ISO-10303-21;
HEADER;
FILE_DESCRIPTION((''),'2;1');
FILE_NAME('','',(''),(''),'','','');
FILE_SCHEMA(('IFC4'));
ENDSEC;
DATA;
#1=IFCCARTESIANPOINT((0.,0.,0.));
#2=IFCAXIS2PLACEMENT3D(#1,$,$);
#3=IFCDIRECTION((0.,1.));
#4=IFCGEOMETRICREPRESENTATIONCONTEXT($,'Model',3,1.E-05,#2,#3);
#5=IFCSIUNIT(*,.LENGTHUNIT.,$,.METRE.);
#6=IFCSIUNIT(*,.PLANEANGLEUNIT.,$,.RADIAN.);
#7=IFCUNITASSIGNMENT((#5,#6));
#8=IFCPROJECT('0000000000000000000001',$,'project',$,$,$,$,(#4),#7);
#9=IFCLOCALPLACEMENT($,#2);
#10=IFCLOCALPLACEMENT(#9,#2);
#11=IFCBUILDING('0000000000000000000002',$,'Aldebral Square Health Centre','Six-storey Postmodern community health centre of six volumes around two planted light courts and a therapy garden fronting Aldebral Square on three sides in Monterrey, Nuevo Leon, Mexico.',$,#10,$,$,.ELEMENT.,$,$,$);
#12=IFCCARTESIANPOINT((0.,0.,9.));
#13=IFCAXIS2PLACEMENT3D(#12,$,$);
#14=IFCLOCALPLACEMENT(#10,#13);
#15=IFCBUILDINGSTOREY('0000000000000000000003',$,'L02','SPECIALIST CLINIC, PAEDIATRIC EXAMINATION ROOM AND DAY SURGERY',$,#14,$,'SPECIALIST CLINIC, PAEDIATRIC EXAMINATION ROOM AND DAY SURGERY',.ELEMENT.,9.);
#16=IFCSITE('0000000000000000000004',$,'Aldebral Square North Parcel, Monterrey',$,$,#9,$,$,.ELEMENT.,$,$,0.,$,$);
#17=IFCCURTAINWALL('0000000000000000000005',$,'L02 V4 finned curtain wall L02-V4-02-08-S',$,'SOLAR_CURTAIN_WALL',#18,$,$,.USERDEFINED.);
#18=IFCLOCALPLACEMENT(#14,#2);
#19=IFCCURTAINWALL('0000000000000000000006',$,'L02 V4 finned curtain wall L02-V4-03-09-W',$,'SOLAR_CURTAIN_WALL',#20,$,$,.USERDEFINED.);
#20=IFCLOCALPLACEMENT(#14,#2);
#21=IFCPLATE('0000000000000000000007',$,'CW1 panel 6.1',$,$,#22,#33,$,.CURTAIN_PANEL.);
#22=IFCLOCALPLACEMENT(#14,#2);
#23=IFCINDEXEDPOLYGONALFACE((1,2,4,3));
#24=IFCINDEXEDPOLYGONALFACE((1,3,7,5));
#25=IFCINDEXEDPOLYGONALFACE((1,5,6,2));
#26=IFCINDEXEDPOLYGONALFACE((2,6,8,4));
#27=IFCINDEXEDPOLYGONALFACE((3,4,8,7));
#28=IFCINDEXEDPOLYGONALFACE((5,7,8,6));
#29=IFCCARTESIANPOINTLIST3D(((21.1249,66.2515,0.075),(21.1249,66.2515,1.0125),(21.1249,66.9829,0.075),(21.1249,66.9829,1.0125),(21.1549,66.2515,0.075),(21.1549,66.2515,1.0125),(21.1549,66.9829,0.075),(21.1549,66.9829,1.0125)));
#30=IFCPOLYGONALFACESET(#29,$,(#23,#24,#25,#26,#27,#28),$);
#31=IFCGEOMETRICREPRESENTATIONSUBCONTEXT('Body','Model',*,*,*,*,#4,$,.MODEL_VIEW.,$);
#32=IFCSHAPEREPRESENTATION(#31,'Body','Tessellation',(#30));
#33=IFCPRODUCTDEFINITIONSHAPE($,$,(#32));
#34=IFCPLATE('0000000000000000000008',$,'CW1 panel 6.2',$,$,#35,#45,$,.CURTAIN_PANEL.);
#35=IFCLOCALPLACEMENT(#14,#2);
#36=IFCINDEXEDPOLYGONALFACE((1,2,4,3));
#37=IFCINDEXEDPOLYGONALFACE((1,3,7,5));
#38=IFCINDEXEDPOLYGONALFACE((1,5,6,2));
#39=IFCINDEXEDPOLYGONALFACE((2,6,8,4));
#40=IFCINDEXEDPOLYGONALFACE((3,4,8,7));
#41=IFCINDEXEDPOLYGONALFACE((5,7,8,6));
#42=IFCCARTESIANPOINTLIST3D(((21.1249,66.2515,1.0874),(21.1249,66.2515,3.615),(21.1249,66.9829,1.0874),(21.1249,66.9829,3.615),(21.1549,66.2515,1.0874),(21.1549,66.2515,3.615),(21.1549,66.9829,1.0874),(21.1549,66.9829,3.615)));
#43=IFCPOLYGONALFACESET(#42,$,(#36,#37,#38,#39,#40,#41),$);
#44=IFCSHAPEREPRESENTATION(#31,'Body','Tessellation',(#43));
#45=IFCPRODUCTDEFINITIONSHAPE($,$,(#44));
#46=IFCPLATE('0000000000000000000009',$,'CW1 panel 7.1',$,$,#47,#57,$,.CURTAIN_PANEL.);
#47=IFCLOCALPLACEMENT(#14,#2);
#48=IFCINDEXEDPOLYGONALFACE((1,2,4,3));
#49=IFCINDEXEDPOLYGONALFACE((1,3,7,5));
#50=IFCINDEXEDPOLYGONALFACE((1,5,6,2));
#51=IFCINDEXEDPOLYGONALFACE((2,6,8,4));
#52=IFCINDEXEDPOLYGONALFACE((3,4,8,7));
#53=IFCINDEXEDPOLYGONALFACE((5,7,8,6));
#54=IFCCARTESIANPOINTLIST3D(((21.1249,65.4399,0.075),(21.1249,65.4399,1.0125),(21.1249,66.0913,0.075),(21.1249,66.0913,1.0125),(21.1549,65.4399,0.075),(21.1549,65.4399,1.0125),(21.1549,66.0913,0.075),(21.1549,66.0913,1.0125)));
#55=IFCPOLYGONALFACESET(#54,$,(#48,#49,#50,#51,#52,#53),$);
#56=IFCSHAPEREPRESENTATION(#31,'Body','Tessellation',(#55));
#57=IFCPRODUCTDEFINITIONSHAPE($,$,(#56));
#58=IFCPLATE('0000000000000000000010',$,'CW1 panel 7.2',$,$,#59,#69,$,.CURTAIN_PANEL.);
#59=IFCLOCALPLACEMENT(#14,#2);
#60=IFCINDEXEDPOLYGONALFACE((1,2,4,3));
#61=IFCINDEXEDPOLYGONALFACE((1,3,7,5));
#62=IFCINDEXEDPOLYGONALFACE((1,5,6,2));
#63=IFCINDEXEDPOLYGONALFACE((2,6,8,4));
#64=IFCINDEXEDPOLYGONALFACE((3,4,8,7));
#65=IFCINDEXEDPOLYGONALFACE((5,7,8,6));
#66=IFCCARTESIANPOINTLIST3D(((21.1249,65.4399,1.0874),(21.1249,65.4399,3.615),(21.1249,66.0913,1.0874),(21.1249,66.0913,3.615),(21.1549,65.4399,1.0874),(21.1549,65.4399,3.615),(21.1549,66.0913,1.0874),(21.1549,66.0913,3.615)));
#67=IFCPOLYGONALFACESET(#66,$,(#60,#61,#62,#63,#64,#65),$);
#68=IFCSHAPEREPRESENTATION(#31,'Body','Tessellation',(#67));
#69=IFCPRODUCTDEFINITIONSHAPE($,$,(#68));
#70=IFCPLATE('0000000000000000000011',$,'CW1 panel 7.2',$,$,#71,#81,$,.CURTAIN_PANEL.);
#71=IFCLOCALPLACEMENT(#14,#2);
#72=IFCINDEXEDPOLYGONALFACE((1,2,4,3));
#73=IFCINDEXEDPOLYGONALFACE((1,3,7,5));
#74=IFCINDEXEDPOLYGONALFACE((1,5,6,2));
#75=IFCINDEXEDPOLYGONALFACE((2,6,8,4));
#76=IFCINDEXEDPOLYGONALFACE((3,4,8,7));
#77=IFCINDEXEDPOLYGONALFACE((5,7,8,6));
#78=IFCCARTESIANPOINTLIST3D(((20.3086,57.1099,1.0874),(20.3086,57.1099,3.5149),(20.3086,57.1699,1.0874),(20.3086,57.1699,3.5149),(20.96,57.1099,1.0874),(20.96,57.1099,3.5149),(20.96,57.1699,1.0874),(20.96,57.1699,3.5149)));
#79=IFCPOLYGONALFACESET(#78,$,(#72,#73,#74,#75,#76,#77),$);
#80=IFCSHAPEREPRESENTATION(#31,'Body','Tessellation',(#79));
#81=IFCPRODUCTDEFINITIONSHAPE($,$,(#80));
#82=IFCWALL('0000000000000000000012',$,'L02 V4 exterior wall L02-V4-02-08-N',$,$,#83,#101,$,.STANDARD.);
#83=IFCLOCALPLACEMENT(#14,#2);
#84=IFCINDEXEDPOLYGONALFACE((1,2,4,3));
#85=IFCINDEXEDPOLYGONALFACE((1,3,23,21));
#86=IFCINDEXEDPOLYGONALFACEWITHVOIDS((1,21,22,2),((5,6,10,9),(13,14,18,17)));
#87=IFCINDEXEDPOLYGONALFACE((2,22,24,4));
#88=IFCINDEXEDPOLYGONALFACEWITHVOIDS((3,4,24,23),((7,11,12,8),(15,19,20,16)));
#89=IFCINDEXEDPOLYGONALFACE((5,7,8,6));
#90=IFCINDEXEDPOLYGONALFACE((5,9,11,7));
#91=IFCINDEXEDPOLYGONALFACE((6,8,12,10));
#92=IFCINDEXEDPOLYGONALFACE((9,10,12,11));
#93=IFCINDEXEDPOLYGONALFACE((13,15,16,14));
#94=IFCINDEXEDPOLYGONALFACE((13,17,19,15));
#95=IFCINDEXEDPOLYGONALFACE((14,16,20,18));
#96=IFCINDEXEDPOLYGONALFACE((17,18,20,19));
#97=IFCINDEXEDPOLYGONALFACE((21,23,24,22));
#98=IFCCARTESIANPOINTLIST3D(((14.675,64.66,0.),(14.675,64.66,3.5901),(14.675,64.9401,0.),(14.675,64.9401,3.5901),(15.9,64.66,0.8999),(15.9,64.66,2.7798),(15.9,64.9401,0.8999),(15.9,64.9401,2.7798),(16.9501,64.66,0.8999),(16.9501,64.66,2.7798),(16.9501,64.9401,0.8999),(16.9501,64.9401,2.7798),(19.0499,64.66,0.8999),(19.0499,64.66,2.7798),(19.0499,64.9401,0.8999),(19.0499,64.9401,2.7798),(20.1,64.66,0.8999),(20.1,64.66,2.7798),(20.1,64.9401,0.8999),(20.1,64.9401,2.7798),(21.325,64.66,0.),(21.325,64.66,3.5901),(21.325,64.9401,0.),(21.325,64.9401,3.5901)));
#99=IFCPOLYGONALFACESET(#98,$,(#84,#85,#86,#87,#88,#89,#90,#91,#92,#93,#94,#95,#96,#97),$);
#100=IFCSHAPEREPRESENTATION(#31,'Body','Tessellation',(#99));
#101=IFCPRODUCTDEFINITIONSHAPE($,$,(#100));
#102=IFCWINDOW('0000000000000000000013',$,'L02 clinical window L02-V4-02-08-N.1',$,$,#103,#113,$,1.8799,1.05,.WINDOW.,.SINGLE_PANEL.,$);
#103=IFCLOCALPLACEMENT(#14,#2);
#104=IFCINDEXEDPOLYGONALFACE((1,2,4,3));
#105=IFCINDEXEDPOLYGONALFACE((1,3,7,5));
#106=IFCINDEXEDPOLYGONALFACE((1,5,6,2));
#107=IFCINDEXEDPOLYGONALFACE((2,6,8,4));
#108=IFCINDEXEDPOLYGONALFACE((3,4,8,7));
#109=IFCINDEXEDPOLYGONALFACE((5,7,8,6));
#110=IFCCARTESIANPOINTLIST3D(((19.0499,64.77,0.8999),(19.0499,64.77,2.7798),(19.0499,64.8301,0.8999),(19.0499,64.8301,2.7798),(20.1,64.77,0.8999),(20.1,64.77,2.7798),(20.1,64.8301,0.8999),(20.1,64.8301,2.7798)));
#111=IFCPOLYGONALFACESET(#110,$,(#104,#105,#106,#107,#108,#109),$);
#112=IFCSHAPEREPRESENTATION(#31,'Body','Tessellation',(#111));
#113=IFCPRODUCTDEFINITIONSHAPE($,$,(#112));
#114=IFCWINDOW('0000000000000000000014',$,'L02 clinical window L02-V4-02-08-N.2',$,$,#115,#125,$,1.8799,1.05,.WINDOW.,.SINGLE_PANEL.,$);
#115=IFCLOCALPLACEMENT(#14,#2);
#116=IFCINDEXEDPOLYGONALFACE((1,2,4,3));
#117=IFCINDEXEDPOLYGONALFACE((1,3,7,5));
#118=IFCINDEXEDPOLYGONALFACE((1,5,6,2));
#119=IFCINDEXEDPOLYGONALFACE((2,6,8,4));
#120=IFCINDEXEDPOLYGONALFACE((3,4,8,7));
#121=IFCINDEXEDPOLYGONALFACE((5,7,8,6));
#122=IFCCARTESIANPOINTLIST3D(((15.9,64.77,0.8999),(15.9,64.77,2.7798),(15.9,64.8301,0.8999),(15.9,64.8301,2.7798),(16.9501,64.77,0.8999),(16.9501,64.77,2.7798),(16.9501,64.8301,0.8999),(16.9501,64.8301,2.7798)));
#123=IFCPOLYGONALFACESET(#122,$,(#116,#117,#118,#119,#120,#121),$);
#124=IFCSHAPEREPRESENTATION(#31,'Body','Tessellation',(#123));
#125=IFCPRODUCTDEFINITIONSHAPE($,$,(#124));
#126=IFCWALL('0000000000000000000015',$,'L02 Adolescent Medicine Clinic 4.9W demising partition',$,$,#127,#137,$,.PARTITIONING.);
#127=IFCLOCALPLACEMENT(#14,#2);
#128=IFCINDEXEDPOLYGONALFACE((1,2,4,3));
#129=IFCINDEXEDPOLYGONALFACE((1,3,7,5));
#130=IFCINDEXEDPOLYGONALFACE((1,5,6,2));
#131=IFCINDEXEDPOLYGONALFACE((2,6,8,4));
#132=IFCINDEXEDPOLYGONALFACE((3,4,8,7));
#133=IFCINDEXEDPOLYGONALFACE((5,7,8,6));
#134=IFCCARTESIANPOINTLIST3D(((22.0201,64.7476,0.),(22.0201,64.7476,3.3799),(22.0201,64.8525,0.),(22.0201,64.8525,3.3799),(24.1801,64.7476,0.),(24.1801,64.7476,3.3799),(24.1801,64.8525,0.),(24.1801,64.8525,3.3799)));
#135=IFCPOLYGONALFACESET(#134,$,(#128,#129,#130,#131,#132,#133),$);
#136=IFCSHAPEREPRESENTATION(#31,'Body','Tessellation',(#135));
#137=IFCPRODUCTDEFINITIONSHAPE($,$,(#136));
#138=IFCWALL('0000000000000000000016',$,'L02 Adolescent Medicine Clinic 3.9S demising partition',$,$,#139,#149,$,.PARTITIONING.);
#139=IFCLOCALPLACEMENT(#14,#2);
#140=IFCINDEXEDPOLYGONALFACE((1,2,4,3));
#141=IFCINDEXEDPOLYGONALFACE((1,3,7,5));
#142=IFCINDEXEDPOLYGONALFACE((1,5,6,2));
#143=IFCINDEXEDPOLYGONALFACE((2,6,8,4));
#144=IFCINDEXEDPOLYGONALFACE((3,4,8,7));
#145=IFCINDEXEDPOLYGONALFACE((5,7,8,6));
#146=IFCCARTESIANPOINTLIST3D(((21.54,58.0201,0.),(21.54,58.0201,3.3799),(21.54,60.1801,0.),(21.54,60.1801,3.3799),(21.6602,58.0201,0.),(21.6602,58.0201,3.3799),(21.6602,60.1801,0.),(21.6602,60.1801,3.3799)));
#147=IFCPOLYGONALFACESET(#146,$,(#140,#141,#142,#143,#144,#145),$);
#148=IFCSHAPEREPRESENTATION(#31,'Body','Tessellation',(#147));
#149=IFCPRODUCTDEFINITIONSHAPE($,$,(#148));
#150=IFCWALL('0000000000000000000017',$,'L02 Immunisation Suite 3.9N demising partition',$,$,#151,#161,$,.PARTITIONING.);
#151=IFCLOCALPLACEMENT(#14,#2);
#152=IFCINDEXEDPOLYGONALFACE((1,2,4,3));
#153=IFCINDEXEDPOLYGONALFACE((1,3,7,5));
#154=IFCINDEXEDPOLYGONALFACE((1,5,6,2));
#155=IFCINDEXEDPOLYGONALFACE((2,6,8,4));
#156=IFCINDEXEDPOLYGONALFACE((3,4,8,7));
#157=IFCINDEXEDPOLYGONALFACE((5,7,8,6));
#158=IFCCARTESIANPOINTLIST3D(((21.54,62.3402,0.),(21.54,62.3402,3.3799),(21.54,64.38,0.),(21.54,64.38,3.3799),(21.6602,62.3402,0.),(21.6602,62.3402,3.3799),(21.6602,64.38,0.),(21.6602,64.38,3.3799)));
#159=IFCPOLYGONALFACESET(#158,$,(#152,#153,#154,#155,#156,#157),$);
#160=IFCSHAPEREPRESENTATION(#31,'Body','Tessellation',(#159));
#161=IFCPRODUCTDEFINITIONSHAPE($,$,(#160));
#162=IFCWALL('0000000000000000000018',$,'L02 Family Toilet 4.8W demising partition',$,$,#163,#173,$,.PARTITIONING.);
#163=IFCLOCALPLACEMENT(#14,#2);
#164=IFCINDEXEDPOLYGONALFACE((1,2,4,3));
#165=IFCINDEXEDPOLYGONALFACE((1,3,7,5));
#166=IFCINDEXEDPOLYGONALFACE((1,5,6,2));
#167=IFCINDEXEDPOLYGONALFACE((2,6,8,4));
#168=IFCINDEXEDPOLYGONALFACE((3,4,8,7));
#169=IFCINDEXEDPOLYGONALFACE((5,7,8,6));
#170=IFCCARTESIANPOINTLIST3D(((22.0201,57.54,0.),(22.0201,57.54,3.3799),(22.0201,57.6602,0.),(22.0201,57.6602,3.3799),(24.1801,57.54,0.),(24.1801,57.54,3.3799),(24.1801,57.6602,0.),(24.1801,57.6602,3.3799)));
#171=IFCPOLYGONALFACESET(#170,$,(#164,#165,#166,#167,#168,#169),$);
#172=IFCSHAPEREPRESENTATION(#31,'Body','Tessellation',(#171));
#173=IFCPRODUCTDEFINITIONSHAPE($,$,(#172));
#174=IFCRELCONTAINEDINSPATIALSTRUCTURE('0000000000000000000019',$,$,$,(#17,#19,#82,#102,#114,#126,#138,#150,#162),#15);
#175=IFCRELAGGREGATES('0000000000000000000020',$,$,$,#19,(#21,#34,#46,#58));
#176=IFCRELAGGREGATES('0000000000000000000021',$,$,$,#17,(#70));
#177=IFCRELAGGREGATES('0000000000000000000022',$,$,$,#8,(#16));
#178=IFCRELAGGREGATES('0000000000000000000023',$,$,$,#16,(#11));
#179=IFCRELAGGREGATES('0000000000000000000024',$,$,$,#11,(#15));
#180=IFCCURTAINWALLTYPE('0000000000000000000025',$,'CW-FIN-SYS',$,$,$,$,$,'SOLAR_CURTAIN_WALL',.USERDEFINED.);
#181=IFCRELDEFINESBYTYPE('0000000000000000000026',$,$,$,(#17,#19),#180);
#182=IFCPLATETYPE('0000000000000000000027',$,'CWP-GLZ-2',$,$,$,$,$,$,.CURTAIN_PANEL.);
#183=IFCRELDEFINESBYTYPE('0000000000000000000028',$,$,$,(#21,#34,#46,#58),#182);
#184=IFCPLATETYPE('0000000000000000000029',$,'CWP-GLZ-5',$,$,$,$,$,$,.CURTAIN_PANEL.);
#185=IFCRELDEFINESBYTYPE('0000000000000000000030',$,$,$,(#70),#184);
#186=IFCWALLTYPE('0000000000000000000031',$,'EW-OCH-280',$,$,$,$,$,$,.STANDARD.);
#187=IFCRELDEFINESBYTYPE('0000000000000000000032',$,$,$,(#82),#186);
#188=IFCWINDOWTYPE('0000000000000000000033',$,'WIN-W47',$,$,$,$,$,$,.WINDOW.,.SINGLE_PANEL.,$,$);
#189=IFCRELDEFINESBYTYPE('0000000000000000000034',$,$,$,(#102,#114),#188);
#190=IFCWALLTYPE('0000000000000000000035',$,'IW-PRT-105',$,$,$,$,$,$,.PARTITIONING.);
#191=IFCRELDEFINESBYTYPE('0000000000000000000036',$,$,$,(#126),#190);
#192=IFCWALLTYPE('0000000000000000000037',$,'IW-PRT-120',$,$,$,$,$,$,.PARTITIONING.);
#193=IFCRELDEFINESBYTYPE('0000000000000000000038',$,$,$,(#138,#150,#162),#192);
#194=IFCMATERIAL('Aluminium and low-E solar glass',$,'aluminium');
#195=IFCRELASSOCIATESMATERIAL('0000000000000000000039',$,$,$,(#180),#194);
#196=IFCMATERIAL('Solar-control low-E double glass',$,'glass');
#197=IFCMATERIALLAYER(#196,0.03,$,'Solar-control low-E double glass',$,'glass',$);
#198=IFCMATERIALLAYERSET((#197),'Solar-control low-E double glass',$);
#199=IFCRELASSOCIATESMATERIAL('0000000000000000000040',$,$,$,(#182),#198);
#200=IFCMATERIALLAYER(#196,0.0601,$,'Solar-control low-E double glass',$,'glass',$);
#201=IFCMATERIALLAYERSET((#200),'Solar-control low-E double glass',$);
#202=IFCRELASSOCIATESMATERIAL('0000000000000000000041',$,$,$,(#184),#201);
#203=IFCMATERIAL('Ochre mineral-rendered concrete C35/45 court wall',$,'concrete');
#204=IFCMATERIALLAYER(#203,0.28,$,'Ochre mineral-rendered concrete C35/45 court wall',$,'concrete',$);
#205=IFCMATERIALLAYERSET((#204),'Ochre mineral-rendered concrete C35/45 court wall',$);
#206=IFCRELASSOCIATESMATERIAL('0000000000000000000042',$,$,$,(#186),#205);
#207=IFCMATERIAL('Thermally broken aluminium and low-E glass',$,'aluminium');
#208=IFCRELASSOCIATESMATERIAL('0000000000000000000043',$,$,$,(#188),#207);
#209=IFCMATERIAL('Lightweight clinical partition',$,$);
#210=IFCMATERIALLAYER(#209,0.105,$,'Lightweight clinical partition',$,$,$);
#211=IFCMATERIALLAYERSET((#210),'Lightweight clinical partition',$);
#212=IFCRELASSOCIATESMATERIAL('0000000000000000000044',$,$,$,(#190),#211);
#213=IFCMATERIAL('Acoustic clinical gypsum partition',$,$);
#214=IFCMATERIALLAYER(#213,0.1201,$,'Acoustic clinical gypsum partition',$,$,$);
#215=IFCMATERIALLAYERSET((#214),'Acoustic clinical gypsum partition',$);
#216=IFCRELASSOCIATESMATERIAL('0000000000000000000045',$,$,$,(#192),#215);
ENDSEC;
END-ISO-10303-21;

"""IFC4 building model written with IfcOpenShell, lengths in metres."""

from ifc_helpers import new_model, si_unit, direction, frame, frame_2d, origin, origin_2d, place, context, subcontext, project, spatial, rectangle, extrude, material, layer, layer_set, type_object, element, fill, aggregate, save


model = new_model("IFC4")

# Units and contexts
model_context = context("Model", 3, precision=1e-05, world=origin(), true_north=direction((0.0, 1.0)))
body_context = subcontext(model_context, "Body", "Model", "MODEL_VIEW")
ifc_project = project(units=[si_unit("LENGTHUNIT", "METRE"), si_unit("PLANEANGLEUNIT", "RADIAN")], contexts=[model_context])

# Site, building, storey
site_placement = place(None, origin())
site = spatial("IfcSite", under=ifc_project, at=site_placement, Name="Aldebral Square North Parcel, Monterrey", CompositionType="ELEMENT", RefElevation=0.0)
building_placement = place(site_placement, origin())
building = spatial("IfcBuilding", under=site, at=building_placement, Name="Aldebral Square Health Centre", Description="Six-storey Postmodern community health centre of six volumes around two planted light courts and a therapy garden fronting Aldebral Square on three sides in Monterrey, Nuevo Leon, Mexico.", CompositionType="ELEMENT")
storey_placement = place(building_placement, frame((0.0, 0.0, 9.0)))
storey = spatial("IfcBuildingStorey", under=building, at=storey_placement, Name="L02", Description="SPECIALIST CLINIC, PAEDIATRIC EXAMINATION ROOM AND DAY SURGERY", LongName="SPECIALIST CLINIC, PAEDIATRIC EXAMINATION ROOM AND DAY SURGERY", CompositionType="ELEMENT", Elevation=9.0)

# Curtain wall
ifc_material_1 = material(Name="Aluminium and low-E solar glass", Category="aluminium")
curtain_wall_type = type_object("IfcCurtainWallType", Name="CW-FIN-SYS", ElementType="SOLAR_CURTAIN_WALL", PredefinedType="USERDEFINED", material=ifc_material_1)
curtain_wall_1_placement = place(storey_placement, origin())
curtain_wall_1 = element("IfcCurtainWall", 1, at=curtain_wall_1_placement, inside=storey, type_object=curtain_wall_type, Name="L02 V4 finned curtain wall L02-V4-02-08-S", ObjectType="SOLAR_CURTAIN_WALL", PredefinedType="USERDEFINED")

# Curtain wall, plates
curtain_wall_2_placement = place(storey_placement, origin())
curtain_wall_2 = element("IfcCurtainWall", 2, at=curtain_wall_2_placement, inside=storey, type_object=curtain_wall_type, Name="L02 V4 finned curtain wall L02-V4-03-09-W", ObjectType="SOLAR_CURTAIN_WALL", PredefinedType="USERDEFINED")
ifc_material_2 = material(Name="Solar-control low-E double glass", Category="glass")
ifc_layer_1 = layer(ifc_material_2, 0.03, Name="Solar-control low-E double glass", Category="glass")
ifc_layer_set_1 = layer_set([ifc_layer_1], Name="Solar-control low-E double glass")
plate_type_1 = type_object("IfcPlateType", Name="CWP-GLZ-2", PredefinedType="CURTAIN_PANEL", material=ifc_layer_set_1)
plate_1_placement = place(storey_placement, frame((21.1399, 66.6172, 0.075), z_axis=(0.0, 0.0, 1.0), x_axis=(0.0, -1.0, 0.0)))
plate_1 = element("IfcPlate", 3, at=plate_1_placement, type_object=plate_type_1, Name="CW1 panel 6.1", PredefinedType="CURTAIN_PANEL", context=body_context, shape_type="SweptSolid", body=[
    extrude(rectangle(XDim=0.7314, YDim=0.03, at=origin_2d()), origin(), (0.0, 0.0, 1.0), 0.9375),
])
plate_2_placement = place(storey_placement, frame((21.1399, 66.6172, 1.0874), z_axis=(0.0, 0.0, 1.0), x_axis=(0.0, -1.0, 0.0)))
plate_2 = element("IfcPlate", 4, at=plate_2_placement, type_object=plate_type_1, Name="CW1 panel 6.2", PredefinedType="CURTAIN_PANEL", context=body_context, shape_type="SweptSolid", body=[
    extrude(rectangle(XDim=0.7314, YDim=0.03, at=origin_2d()), origin(), (0.0, 0.0, 1.0), 2.5276),
])
plate_3_placement = place(storey_placement, frame((21.1399, 65.7656, 0.075), z_axis=(0.0, 0.0, 1.0), x_axis=(0.0, -1.0, 0.0)))
plate_3 = element("IfcPlate", 5, at=plate_3_placement, type_object=plate_type_1, Name="CW1 panel 7.1", PredefinedType="CURTAIN_PANEL", context=body_context, shape_type="SweptSolid", body=[
    extrude(rectangle(XDim=0.6514, YDim=0.03, at=origin_2d()), origin(), (0.0, 0.0, 1.0), 0.9375),
])
plate_4_placement = place(storey_placement, frame((21.1399, 65.7656, 1.0874), z_axis=(0.0, 0.0, 1.0), x_axis=(0.0, -1.0, 0.0)))
plate_4 = element("IfcPlate", 6, at=plate_4_placement, type_object=plate_type_1, Name="CW1 panel 7.2", PredefinedType="CURTAIN_PANEL", context=body_context, shape_type="SweptSolid", body=[
    extrude(rectangle(XDim=0.6514, YDim=0.03, at=origin_2d()), origin(), (0.0, 0.0, 1.0), 2.5276),
])
aggregate(curtain_wall_2, [plate_1, plate_2, plate_3, plate_4])

# Plate
ifc_layer_2 = layer(ifc_material_2, 0.0601, Name="Solar-control low-E double glass", Category="glass")
ifc_layer_set_2 = layer_set([ifc_layer_2], Name="Solar-control low-E double glass")
plate_type_2 = type_object("IfcPlateType", Name="CWP-GLZ-5", PredefinedType="CURTAIN_PANEL", material=ifc_layer_set_2)
plate_5_placement = place(storey_placement, frame((20.6343, 57.1399, 1.0874), z_axis=(0.0, 0.0, 1.0), x_axis=(1.0, 0.0, 0.0)))
plate_5 = element("IfcPlate", 7, at=plate_5_placement, type_object=plate_type_2, Name="CW1 panel 7.2", PredefinedType="CURTAIN_PANEL", context=body_context, shape_type="SweptSolid", body=[
    extrude(rectangle(XDim=0.6514, YDim=0.0601, at=origin_2d()), origin(), (0.0, 0.0, 1.0), 2.4275),
])
aggregate(curtain_wall_1, [plate_5])

# Wall, openings, windows
ifc_material_3 = material(Name="Ochre mineral-rendered concrete C35/45 court wall", Category="concrete")
ifc_layer_3 = layer(ifc_material_3, 0.28, Name="Ochre mineral-rendered concrete C35/45 court wall", Category="concrete")
ifc_layer_set_3 = layer_set([ifc_layer_3], Name="Ochre mineral-rendered concrete C35/45 court wall")
wall_type_1 = type_object("IfcWallType", Name="EW-OCH-280", PredefinedType="STANDARD", material=ifc_layer_set_3)
wall_1_placement = place(storey_placement, frame((21.325, 64.8, 0.0), z_axis=(0.0, 0.0, 1.0), x_axis=(-1.0, 0.0, 0.0)))
wall_1 = element("IfcWall", 8, at=wall_1_placement, inside=storey, type_object=wall_type_1, Name="L02 V4 exterior wall L02-V4-02-08-N", PredefinedType="STANDARD", context=body_context, shape_type="SweptSolid", body=[
    extrude(rectangle(XDim=6.6499, YDim=0.28, at=frame_2d((3.325, 0.0))), origin(), (0.0, 0.0, 1.0), 3.5901),
])
opening_1_placement = place(wall_1_placement, frame((1.2251, 0.0, 0.8999)))
opening_1 = element("IfcOpeningElement", 9, at=opening_1_placement, cuts=wall_1, PredefinedType="OPENING", context=body_context, shape_type="SweptSolid", body=[
    extrude(rectangle(XDim=1.05, YDim=1.8799, at=frame_2d((0.5249, 0.9399))), frame((0.0, 0.1499, 0.0), z_axis=(0.0, -1.0, 0.0), x_axis=(1.0, 0.0, 0.0)), (0.0, 0.0, 1.0), 0.3),
])
opening_2_placement = place(wall_1_placement, frame((4.375, 0.0, 0.8999)))
opening_2 = element("IfcOpeningElement", 10, at=opening_2_placement, cuts=wall_1, PredefinedType="OPENING", context=body_context, shape_type="SweptSolid", body=[
    extrude(rectangle(XDim=1.05, YDim=1.8799, at=frame_2d((0.5249, 0.9399))), frame((0.0, 0.1499, 0.0), z_axis=(0.0, -1.0, 0.0), x_axis=(1.0, 0.0, 0.0)), (0.0, 0.0, 1.0), 0.3),
])
ifc_material_4 = material(Name="Thermally broken aluminium and low-E glass", Category="aluminium")
window_type = type_object("IfcWindowType", Name="WIN-W47", PartitioningType="SINGLE_PANEL", PredefinedType="WINDOW", material=ifc_material_4)
window_1_placement = place(opening_1_placement, origin())
window_1 = element("IfcWindow", 11, at=window_1_placement, inside=storey, type_object=window_type, Name="L02 clinical window L02-V4-02-08-N.1", OverallHeight=1.8799, OverallWidth=1.05, PartitioningType="SINGLE_PANEL", PredefinedType="WINDOW", context=body_context, shape_type="SweptSolid", body=[
    extrude(rectangle(XDim=1.05, YDim=1.8799, at=frame_2d((0.5249, 0.9399))), frame((0.0, 0.03, 0.0), z_axis=(0.0, -1.0, 0.0), x_axis=(1.0, 0.0, 0.0)), (0.0, 0.0, 1.0), 0.0601),
])
fill(opening_1, window_1)
window_2_placement = place(opening_2_placement, origin())
window_2 = element("IfcWindow", 12, at=window_2_placement, inside=storey, type_object=window_type, Name="L02 clinical window L02-V4-02-08-N.2", OverallHeight=1.8799, OverallWidth=1.05, PartitioningType="SINGLE_PANEL", PredefinedType="WINDOW", context=body_context, shape_type="SweptSolid", body=[
    extrude(rectangle(XDim=1.05, YDim=1.8799, at=frame_2d((0.5249, 0.9399))), frame((0.0, 0.03, 0.0), z_axis=(0.0, -1.0, 0.0), x_axis=(1.0, 0.0, 0.0)), (0.0, 0.0, 1.0), 0.0601),
])
fill(opening_2, window_2)

# Walls
ifc_material_5 = material(Name="Lightweight clinical partition")
ifc_layer_4 = layer(ifc_material_5, 0.105, Name="Lightweight clinical partition")
ifc_layer_set_4 = layer_set([ifc_layer_4], Name="Lightweight clinical partition")
wall_type_2 = type_object("IfcWallType", Name="IW-PRT-105", PredefinedType="PARTITIONING", material=ifc_layer_set_4)
wall_2_placement = place(storey_placement, frame((22.02, 64.8, 0.0), z_axis=(0.0, 0.0, 1.0), x_axis=(1.0, 0.0, 0.0)))
element("IfcWall", 13, at=wall_2_placement, inside=storey, type_object=wall_type_2, Name="L02 Adolescent Medicine Clinic 4.9W demising partition", PredefinedType="PARTITIONING", context=body_context, shape_type="SweptSolid", body=[
    extrude(rectangle(XDim=2.1599, YDim=0.105, at=frame_2d((1.0801, 0.0))), origin(), (0.0, 0.0, 1.0), 3.3799),
])
ifc_material_6 = material(Name="Acoustic clinical gypsum partition")
ifc_layer_5 = layer(ifc_material_6, 0.1201, Name="Acoustic clinical gypsum partition")
ifc_layer_set_5 = layer_set([ifc_layer_5], Name="Acoustic clinical gypsum partition")
wall_type_3 = type_object("IfcWallType", Name="IW-PRT-120", PredefinedType="PARTITIONING", material=ifc_layer_set_5)
wall_3_placement = place(storey_placement, frame((21.6001, 58.02, 0.0), z_axis=(0.0, 0.0, 1.0), x_axis=(0.0, 1.0, 0.0)))
element("IfcWall", 14, at=wall_3_placement, inside=storey, type_object=wall_type_3, Name="L02 Adolescent Medicine Clinic 3.9S demising partition", PredefinedType="PARTITIONING", context=body_context, shape_type="SweptSolid", body=[
    extrude(rectangle(XDim=2.1599, YDim=0.1201, at=frame_2d((1.0801, 0.0))), origin(), (0.0, 0.0, 1.0), 3.3799),
])
wall_4_placement = place(storey_placement, frame((21.6001, 62.3401, 0.0), z_axis=(0.0, 0.0, 1.0), x_axis=(0.0, 1.0, 0.0)))
element("IfcWall", 15, at=wall_4_placement, inside=storey, type_object=wall_type_3, Name="L02 Immunisation Suite 3.9N demising partition", PredefinedType="PARTITIONING", context=body_context, shape_type="SweptSolid", body=[
    extrude(rectangle(XDim=2.0398, YDim=0.1201, at=frame_2d((1.02, 0.0))), origin(), (0.0, 0.0, 1.0), 3.3799),
])
wall_5_placement = place(storey_placement, frame((22.02, 57.6001, 0.0), z_axis=(0.0, 0.0, 1.0), x_axis=(1.0, 0.0, 0.0)))
element("IfcWall", 16, at=wall_5_placement, inside=storey, type_object=wall_type_3, Name="L02 Family Toilet 4.8W demising partition", PredefinedType="PARTITIONING", context=body_context, shape_type="SweptSolid", body=[
    extrude(rectangle(XDim=2.1599, YDim=0.1201, at=frame_2d((1.0801, 0.0))), origin(), (0.0, 0.0, 1.0), 3.3799),
])

save(model, "model.ifc")
